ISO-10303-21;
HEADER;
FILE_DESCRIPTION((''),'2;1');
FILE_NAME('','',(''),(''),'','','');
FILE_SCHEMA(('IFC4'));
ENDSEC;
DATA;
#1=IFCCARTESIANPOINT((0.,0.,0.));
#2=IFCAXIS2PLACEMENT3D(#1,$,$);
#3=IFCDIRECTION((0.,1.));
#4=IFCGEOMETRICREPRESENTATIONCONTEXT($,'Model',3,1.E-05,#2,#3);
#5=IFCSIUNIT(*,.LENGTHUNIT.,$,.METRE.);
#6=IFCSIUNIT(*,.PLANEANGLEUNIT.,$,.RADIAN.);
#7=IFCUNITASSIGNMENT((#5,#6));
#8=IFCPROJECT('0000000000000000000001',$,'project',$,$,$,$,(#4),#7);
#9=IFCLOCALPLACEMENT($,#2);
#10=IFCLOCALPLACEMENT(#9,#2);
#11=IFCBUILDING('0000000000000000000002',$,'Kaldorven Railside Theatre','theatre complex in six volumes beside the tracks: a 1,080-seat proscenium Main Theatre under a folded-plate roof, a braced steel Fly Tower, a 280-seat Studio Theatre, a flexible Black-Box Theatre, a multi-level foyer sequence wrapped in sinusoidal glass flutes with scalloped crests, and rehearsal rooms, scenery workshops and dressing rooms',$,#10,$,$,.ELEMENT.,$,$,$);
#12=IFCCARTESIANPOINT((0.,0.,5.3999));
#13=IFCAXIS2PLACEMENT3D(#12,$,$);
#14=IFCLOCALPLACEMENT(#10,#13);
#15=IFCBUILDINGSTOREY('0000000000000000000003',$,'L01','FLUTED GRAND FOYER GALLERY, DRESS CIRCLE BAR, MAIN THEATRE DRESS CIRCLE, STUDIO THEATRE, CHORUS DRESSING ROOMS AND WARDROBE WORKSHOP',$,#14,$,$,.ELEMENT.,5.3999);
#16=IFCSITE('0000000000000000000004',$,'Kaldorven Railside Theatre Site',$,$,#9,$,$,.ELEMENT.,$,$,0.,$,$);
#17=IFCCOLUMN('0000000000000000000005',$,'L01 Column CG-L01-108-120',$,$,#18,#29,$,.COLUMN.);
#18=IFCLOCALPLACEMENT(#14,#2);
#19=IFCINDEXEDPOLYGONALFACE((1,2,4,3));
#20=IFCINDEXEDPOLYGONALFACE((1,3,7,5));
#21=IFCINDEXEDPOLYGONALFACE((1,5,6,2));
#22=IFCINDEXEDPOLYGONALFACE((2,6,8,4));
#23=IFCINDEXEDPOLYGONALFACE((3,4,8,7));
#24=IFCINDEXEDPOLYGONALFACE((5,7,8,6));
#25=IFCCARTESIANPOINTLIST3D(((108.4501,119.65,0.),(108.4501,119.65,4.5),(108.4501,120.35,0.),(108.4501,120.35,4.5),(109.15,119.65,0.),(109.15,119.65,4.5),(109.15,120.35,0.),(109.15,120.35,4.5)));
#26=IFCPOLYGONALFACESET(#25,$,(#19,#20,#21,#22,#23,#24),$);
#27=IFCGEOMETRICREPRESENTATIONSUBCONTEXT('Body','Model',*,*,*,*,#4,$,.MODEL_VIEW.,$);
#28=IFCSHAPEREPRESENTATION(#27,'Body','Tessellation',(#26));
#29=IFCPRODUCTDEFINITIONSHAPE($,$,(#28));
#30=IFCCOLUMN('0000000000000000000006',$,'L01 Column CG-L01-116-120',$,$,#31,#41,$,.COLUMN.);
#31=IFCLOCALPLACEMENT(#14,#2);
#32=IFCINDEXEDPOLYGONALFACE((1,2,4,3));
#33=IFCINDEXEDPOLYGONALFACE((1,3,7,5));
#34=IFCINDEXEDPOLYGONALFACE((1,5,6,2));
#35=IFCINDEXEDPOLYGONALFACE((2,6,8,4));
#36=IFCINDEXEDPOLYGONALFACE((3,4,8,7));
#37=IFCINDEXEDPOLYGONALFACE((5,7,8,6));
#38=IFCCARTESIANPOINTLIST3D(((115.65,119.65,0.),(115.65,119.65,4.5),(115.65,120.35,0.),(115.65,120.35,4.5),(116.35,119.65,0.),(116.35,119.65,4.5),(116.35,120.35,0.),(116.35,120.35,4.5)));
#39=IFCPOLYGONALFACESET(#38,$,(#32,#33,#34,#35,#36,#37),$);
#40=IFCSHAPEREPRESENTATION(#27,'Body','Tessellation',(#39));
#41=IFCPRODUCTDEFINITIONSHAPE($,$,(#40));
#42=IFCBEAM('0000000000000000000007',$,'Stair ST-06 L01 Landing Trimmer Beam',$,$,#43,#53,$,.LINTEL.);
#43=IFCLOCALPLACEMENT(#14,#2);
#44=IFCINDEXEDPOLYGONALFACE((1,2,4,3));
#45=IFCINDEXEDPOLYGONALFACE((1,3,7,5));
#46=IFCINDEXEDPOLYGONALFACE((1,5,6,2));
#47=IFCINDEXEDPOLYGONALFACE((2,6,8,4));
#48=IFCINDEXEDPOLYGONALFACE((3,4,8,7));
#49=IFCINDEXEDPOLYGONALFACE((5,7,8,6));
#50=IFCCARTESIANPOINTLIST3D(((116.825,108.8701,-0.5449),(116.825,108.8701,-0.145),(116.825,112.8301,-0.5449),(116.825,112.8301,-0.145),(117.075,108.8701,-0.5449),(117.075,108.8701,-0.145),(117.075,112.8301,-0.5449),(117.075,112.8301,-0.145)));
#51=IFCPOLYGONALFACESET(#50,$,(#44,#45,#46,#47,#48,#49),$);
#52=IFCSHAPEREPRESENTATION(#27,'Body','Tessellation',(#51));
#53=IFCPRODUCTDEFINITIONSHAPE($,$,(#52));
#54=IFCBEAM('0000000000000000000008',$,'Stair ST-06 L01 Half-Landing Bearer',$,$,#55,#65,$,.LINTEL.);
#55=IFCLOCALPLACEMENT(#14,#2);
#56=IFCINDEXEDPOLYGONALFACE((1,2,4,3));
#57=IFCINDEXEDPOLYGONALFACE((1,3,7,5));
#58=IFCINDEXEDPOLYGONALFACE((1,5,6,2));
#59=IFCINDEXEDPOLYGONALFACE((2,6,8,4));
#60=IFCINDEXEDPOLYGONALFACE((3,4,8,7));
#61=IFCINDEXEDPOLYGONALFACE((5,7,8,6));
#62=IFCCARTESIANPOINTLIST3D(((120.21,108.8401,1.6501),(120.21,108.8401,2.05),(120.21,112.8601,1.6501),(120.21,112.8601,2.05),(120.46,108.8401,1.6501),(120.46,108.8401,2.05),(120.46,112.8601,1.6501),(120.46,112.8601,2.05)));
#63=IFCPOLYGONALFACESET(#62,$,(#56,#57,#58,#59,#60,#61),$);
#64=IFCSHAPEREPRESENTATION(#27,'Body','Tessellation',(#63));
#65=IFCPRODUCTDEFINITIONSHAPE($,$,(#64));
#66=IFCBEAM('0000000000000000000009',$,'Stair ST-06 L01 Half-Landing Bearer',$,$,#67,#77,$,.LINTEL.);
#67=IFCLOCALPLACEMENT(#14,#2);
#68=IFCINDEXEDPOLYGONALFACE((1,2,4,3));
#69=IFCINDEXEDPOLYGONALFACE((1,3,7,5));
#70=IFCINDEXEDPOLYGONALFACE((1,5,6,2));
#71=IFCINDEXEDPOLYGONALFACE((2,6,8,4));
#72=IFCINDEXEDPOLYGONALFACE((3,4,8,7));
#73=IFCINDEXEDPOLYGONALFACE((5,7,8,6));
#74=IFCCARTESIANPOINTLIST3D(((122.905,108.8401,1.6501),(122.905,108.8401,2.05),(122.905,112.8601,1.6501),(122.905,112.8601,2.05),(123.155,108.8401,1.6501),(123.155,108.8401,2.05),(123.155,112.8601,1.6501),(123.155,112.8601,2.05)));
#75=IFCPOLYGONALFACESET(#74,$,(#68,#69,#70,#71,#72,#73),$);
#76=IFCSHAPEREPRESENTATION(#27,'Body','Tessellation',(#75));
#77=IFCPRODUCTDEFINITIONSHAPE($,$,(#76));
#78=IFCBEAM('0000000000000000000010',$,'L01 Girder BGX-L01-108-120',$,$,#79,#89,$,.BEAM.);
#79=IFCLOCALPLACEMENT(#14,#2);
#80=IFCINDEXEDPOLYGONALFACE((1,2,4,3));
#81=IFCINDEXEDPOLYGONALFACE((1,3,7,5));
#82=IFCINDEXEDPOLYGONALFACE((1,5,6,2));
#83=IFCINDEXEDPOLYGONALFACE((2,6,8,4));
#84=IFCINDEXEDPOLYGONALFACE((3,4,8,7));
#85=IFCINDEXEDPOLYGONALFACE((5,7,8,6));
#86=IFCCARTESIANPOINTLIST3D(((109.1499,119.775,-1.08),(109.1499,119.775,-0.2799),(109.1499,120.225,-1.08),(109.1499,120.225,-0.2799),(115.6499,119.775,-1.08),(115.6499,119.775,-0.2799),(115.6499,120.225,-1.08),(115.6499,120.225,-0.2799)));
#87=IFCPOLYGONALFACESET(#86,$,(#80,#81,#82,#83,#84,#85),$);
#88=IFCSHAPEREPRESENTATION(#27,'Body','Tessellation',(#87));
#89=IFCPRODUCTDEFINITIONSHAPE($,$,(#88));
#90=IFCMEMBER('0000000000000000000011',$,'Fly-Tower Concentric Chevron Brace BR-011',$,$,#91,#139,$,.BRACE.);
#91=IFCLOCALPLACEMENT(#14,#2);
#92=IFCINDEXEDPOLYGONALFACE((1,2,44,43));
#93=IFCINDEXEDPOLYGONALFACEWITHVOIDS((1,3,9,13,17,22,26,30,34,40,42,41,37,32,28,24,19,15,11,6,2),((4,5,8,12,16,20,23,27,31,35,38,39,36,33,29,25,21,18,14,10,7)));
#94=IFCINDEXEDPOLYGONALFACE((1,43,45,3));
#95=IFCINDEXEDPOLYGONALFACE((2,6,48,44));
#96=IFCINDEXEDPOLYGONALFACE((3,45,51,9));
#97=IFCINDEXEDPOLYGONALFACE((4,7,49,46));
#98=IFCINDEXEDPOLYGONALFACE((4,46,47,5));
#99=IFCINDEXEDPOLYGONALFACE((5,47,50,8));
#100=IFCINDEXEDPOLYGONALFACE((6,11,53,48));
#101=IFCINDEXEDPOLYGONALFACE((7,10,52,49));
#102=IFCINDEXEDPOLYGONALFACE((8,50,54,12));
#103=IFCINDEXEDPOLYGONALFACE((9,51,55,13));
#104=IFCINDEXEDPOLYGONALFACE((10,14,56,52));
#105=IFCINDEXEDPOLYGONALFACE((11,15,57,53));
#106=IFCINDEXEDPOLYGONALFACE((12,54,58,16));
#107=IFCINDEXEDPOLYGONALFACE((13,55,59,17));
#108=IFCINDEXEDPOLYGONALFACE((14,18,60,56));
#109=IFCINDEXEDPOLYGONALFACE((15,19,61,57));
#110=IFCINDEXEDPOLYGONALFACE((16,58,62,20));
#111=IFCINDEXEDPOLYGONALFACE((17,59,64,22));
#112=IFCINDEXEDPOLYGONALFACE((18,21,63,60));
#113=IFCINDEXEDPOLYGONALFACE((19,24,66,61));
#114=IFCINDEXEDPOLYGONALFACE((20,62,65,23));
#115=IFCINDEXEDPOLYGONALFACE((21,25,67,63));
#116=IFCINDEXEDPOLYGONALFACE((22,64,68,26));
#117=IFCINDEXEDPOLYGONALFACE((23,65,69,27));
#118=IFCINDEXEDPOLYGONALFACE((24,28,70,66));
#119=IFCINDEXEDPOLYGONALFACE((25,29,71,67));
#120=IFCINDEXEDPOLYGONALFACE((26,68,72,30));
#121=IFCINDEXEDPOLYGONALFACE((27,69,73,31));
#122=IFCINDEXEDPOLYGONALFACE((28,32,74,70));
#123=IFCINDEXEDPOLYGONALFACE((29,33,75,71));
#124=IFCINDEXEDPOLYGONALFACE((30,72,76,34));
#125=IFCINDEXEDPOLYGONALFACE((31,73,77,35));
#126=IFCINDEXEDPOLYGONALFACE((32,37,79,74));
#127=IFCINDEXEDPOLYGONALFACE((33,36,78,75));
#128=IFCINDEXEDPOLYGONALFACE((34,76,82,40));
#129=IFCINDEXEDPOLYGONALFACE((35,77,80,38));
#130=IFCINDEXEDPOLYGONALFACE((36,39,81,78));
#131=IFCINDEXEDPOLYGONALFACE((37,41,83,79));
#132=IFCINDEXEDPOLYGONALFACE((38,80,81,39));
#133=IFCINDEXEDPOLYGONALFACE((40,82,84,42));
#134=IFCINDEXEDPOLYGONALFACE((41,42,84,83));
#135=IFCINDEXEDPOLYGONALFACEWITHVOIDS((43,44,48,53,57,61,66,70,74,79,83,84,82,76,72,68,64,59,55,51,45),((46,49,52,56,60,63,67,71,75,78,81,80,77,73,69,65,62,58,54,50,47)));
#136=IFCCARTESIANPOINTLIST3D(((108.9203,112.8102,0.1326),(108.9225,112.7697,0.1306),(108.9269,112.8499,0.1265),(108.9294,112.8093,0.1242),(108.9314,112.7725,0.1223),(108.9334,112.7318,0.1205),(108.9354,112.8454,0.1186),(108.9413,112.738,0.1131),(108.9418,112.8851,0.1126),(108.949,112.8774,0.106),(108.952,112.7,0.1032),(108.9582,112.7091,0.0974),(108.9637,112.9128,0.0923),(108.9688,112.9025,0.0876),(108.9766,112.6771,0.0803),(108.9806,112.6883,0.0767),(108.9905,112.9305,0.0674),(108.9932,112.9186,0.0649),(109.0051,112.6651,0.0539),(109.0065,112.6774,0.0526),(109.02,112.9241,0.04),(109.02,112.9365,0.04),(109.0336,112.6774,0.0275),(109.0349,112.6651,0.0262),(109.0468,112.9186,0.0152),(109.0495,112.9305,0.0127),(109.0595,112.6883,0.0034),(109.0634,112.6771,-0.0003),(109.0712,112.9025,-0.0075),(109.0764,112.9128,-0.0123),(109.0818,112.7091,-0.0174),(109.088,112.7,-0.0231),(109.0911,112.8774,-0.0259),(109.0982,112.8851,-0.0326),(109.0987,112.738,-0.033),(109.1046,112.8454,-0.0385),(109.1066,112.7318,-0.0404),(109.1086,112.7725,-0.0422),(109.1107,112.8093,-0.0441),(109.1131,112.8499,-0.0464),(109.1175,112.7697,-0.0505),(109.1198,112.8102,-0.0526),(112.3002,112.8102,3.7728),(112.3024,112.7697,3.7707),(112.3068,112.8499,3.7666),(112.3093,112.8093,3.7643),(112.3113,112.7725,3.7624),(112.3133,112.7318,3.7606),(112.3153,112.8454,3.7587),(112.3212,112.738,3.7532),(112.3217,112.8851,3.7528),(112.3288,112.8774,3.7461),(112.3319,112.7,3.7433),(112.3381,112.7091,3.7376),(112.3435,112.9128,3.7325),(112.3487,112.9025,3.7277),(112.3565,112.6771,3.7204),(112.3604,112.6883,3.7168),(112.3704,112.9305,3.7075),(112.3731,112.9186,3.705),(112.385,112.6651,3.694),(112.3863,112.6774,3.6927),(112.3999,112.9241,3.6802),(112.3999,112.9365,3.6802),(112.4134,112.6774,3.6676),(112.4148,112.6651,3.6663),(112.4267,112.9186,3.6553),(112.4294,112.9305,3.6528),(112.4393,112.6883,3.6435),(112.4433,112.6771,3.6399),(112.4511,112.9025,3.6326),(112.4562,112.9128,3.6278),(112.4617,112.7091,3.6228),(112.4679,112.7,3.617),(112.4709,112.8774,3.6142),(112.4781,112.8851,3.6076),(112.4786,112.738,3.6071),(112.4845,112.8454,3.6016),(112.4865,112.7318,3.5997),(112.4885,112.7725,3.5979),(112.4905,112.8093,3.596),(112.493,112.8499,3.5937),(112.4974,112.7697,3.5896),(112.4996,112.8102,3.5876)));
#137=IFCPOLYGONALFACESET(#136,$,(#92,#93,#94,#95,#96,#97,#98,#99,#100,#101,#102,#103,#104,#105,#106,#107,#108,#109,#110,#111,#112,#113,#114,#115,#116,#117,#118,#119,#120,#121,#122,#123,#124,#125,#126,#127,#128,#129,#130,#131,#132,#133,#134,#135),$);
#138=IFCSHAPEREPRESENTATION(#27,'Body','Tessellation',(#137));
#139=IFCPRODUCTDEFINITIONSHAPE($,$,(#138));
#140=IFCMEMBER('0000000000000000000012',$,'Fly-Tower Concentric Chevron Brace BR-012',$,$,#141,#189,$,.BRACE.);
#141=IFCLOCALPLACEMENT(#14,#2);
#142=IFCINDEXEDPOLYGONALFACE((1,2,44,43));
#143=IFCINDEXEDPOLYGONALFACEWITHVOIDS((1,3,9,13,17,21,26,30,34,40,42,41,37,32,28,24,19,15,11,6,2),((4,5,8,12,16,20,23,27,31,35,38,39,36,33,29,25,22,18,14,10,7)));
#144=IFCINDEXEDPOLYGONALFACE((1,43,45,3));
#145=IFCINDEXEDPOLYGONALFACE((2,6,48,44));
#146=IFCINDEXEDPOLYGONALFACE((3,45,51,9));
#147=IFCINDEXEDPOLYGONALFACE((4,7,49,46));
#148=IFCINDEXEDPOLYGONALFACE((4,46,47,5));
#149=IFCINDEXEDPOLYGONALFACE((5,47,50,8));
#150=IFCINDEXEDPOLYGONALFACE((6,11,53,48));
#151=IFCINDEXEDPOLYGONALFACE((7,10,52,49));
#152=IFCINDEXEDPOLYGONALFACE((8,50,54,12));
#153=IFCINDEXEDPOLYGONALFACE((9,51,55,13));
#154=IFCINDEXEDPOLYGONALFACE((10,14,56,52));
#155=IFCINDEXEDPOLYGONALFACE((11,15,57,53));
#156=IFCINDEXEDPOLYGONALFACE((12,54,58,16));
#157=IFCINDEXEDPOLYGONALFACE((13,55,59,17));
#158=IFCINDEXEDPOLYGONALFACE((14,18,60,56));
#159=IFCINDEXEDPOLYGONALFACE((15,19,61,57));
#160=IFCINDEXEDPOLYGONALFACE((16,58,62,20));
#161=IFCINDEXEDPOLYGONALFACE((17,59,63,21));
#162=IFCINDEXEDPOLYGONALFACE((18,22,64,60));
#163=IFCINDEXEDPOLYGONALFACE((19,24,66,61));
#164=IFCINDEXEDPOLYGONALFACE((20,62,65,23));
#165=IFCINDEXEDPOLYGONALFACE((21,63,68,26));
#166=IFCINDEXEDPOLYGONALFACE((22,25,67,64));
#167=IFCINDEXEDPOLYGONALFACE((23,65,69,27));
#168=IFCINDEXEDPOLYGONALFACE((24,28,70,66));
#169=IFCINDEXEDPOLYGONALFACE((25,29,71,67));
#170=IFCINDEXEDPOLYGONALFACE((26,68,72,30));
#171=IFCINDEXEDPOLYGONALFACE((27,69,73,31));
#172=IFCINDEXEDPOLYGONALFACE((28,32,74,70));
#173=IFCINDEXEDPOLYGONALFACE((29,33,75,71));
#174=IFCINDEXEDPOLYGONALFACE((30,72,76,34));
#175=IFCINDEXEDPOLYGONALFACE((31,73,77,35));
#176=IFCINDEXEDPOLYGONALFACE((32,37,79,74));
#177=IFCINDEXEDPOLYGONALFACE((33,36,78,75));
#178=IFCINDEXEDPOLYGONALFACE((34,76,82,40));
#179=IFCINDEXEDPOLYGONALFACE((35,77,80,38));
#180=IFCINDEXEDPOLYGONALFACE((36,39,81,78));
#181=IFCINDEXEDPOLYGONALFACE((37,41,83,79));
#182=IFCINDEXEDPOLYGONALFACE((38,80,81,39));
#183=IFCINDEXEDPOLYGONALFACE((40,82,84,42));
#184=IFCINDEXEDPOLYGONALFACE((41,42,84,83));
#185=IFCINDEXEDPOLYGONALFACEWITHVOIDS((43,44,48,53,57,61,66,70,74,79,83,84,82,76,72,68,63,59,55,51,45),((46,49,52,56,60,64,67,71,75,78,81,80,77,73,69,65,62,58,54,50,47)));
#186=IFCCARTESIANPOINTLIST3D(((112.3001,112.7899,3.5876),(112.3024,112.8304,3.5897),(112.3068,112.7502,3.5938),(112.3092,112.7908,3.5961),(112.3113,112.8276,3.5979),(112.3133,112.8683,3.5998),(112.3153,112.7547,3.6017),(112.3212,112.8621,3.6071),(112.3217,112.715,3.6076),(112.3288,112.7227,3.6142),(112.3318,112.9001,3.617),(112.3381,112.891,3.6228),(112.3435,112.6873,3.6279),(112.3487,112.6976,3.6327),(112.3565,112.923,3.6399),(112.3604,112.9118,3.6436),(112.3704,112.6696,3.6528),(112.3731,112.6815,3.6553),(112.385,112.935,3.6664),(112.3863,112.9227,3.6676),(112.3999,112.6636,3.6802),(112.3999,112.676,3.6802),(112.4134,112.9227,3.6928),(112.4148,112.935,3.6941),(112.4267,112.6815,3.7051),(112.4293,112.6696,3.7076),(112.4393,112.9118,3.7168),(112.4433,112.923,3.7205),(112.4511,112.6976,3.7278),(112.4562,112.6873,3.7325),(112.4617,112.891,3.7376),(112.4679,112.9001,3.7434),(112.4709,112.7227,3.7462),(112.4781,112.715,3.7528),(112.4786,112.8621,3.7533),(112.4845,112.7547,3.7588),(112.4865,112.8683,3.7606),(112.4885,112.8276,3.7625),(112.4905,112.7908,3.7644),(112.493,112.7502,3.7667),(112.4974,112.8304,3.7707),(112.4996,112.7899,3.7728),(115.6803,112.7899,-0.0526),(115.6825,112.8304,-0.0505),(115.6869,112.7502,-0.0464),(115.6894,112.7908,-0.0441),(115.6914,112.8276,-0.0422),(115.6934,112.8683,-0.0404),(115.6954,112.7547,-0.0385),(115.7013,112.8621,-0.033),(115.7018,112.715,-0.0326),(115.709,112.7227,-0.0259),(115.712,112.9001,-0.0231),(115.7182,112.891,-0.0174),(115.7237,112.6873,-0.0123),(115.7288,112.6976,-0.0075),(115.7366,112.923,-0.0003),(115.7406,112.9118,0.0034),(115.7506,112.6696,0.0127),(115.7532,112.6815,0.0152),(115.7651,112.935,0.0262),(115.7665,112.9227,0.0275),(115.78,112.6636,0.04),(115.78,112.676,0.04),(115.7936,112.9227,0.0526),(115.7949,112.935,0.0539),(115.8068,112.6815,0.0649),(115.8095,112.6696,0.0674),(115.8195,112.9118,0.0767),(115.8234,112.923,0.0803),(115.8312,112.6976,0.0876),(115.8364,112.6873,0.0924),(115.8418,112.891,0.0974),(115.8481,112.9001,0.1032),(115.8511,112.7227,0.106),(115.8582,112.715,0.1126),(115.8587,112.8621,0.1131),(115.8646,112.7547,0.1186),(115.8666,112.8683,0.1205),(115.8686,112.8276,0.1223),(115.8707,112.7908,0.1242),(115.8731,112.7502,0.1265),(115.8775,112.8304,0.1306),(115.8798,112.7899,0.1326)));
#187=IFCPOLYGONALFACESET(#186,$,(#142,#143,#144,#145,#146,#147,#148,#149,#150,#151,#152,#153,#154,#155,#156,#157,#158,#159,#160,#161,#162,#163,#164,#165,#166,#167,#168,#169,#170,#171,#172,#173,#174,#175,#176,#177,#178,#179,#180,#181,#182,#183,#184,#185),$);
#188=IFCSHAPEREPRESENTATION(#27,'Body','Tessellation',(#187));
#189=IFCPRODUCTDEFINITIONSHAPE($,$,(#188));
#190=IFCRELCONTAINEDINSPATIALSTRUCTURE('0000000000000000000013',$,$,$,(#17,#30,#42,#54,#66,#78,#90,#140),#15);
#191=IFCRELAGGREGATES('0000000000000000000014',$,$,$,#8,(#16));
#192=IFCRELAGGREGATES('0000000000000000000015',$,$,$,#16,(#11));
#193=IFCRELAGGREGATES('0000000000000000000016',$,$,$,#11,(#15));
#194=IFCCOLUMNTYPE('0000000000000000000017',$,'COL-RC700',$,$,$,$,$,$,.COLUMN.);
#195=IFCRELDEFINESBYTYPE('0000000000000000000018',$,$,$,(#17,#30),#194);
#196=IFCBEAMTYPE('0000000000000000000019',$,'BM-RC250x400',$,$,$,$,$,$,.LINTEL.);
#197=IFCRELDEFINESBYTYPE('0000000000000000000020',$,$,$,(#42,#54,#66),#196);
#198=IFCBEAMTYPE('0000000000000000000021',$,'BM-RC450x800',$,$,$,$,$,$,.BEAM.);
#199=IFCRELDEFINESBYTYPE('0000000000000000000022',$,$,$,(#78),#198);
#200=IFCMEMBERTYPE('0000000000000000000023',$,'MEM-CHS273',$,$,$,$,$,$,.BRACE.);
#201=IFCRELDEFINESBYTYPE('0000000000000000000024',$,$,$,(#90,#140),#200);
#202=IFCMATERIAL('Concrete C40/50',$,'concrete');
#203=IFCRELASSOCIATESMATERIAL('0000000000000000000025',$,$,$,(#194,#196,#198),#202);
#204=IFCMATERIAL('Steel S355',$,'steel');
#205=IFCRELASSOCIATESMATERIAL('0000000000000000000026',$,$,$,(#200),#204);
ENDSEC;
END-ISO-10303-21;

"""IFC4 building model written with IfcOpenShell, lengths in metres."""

from ifc_helpers import new_model, si_unit, direction, frame, origin, origin_2d, place, context, subcontext, project, spatial, rectangle, hollow_circle, extrude, material, material_profile, profile_set, type_object, element, save


model = new_model("IFC4")

# Units and contexts
model_context = context("Model", 3, precision=1e-05, world=origin(), true_north=direction((0.0, 1.0)))
body_context = subcontext(model_context, "Body", "Model", "MODEL_VIEW")
ifc_project = project(units=[si_unit("LENGTHUNIT", "METRE"), si_unit("PLANEANGLEUNIT", "RADIAN")], contexts=[model_context])

# Site, building, storey
site_placement = place(None, origin())
site = spatial("IfcSite", under=ifc_project, at=site_placement, Name="Kaldorven Railside Theatre Site", CompositionType="ELEMENT", RefElevation=0.0)
building_placement = place(site_placement, origin())
building = spatial("IfcBuilding", under=site, at=building_placement, Name="Kaldorven Railside Theatre", Description="theatre complex in six volumes beside the tracks: a 1,080-seat proscenium Main Theatre under a folded-plate roof, a braced steel Fly Tower, a 280-seat Studio Theatre, a flexible Black-Box Theatre, a multi-level foyer sequence wrapped in sinusoidal glass flutes with scalloped crests, and rehearsal rooms, scenery workshops and dressing rooms", CompositionType="ELEMENT")
storey_placement = place(building_placement, frame((0.0, 0.0, 5.3999)))
storey = spatial("IfcBuildingStorey", under=building, at=storey_placement, Name="L01", Description="FLUTED GRAND FOYER GALLERY, DRESS CIRCLE BAR, MAIN THEATRE DRESS CIRCLE, STUDIO THEATRE, CHORUS DRESSING ROOMS AND WARDROBE WORKSHOP", CompositionType="ELEMENT", Elevation=5.3999)

# Columns
ifc_material_1 = material(Name="Concrete C40/50", Category="concrete")
ifc_material_profile_1 = material_profile(ifc_material_1, rectangle(XDim=0.7, YDim=0.7, at=origin_2d()), Name="RC 700x700")
ifc_profile_set_1 = profile_set([ifc_material_profile_1], Name="Concrete C40/50")
column_type = type_object("IfcColumnType", Name="COL-RC700", PredefinedType="COLUMN", material=ifc_profile_set_1)
for number, where, z_axis, x_axis, name in (
    (1, (108.8, 120.0, 0.0), (0.0, 0.0, 1.0), (1.0, 0.0, 0.0), "L01 Column CG-L01-108-120"),
    (2, (116.0, 120.0, 0.0), (0.0, 0.0, 1.0), (1.0, 0.0, 0.0), "L01 Column CG-L01-116-120"),
):
    element("IfcColumn", number, at=place(storey_placement, frame(where, z_axis=z_axis, x_axis=x_axis)), inside=storey, type_object=column_type, Name=name, PredefinedType="COLUMN", context=body_context, shape_type="SweptSolid", body=[
        extrude(rectangle(XDim=0.7, YDim=0.7, at=origin_2d()), origin(), (0.0, 0.0, 1.0), 4.5),
    ])

# Beams
ifc_material_profile_2 = material_profile(ifc_material_1, rectangle(XDim=0.25, YDim=0.3999, at=origin_2d()), Name="RC 250x400")
ifc_profile_set_2 = profile_set([ifc_material_profile_2], Name="Concrete C40/50")
beam_type_1 = type_object("IfcBeamType", Name="BM-RC250x400", PredefinedType="LINTEL", material=ifc_profile_set_2)
beam_1_placement = place(storey_placement, frame((116.95, 108.8701, -0.345), z_axis=(0.0, 1.0, 0.0), x_axis=(-1.0, 0.0, 0.0)))
element("IfcBeam", 3, at=beam_1_placement, inside=storey, type_object=beam_type_1, Name="Stair ST-06 L01 Landing Trimmer Beam", PredefinedType="LINTEL", context=body_context, shape_type="SweptSolid", body=[
    extrude(rectangle(XDim=0.25, YDim=0.3999, at=origin_2d()), origin(), (0.0, 0.0, 1.0), 3.96),
])
for number, where, z_axis, x_axis, name in (
    (4, (120.335, 108.8401, 1.8501), (0.0, 1.0, 0.0), (-1.0, 0.0, 0.0), "Stair ST-06 L01 Half-Landing Bearer"),
    (5, (123.03, 108.8401, 1.8501), (0.0, 1.0, 0.0), (-1.0, 0.0, 0.0), "Stair ST-06 L01 Half-Landing Bearer"),
):
    element("IfcBeam", number, at=place(storey_placement, frame(where, z_axis=z_axis, x_axis=x_axis)), inside=storey, type_object=beam_type_1, Name=name, PredefinedType="LINTEL", context=body_context, shape_type="SweptSolid", body=[
        extrude(rectangle(XDim=0.25, YDim=0.3999, at=origin_2d()), origin(), (0.0, 0.0, 1.0), 4.02),
    ])
ifc_material_profile_3 = material_profile(ifc_material_1, rectangle(XDim=0.45, YDim=0.8, at=origin_2d()), Name="RC 450x800")
ifc_profile_set_3 = profile_set([ifc_material_profile_3], Name="Concrete C40/50")
beam_type_2 = type_object("IfcBeamType", Name="BM-RC450x800", PredefinedType="BEAM", material=ifc_profile_set_3)
beam_2_placement = place(storey_placement, frame((109.1499, 120.0, -0.6799), z_axis=(1.0, 0.0, 0.0), x_axis=(0.0, 1.0, 0.0)))
element("IfcBeam", 6, at=beam_2_placement, inside=storey, type_object=beam_type_2, Name="L01 Girder BGX-L01-108-120", PredefinedType="BEAM", context=body_context, shape_type="SweptSolid", body=[
    extrude(rectangle(XDim=0.45, YDim=0.8, at=origin_2d()), origin(), (0.0, 0.0, 1.0), 6.5),
])

# Members
ifc_material_2 = material(Name="Steel S355", Category="steel")
ifc_material_profile_4 = material_profile(ifc_material_2, hollow_circle(Radius=0.1365, WallThickness=0.0125, at=origin_2d()), Name="CHS 273x12.5")
ifc_profile_set_4 = profile_set([ifc_material_profile_4], Name="Steel S355")
member_type = type_object("IfcMemberType", Name="MEM-CHS273", PredefinedType="BRACE", material=ifc_profile_set_4)
member_1_placement = place(storey_placement, frame((109.02, 112.8, 0.04), z_axis=(0.680425, 0.0, 0.732818), x_axis=(0.0, 1.0, 0.0)))
element("IfcMember", 7, at=member_1_placement, inside=storey, type_object=member_type, Name="Fly-Tower Concentric Chevron Brace BR-011", PredefinedType="BRACE", context=body_context, shape_type="SweptSolid", body=[
    extrude(hollow_circle(Radius=0.1365, WallThickness=0.0125, at=origin_2d()), origin(), (0.0, 0.0, 1.0), 4.9673),
])
member_2_placement = place(storey_placement, frame((115.78, 112.8, 0.04), z_axis=(-0.680451, 0.0, 0.732793), x_axis=(0.0, -1.0, 0.0)))
element("IfcMember", 8, at=member_2_placement, inside=storey, type_object=member_type, Name="Fly-Tower Concentric Chevron Brace BR-012", PredefinedType="BRACE", context=body_context, shape_type="SweptSolid", body=[
    extrude(hollow_circle(Radius=0.1365, WallThickness=0.0125, at=origin_2d()), origin(), (0.0, 0.0, 1.0), 4.9675),
])

save(model, "model.ifc")
